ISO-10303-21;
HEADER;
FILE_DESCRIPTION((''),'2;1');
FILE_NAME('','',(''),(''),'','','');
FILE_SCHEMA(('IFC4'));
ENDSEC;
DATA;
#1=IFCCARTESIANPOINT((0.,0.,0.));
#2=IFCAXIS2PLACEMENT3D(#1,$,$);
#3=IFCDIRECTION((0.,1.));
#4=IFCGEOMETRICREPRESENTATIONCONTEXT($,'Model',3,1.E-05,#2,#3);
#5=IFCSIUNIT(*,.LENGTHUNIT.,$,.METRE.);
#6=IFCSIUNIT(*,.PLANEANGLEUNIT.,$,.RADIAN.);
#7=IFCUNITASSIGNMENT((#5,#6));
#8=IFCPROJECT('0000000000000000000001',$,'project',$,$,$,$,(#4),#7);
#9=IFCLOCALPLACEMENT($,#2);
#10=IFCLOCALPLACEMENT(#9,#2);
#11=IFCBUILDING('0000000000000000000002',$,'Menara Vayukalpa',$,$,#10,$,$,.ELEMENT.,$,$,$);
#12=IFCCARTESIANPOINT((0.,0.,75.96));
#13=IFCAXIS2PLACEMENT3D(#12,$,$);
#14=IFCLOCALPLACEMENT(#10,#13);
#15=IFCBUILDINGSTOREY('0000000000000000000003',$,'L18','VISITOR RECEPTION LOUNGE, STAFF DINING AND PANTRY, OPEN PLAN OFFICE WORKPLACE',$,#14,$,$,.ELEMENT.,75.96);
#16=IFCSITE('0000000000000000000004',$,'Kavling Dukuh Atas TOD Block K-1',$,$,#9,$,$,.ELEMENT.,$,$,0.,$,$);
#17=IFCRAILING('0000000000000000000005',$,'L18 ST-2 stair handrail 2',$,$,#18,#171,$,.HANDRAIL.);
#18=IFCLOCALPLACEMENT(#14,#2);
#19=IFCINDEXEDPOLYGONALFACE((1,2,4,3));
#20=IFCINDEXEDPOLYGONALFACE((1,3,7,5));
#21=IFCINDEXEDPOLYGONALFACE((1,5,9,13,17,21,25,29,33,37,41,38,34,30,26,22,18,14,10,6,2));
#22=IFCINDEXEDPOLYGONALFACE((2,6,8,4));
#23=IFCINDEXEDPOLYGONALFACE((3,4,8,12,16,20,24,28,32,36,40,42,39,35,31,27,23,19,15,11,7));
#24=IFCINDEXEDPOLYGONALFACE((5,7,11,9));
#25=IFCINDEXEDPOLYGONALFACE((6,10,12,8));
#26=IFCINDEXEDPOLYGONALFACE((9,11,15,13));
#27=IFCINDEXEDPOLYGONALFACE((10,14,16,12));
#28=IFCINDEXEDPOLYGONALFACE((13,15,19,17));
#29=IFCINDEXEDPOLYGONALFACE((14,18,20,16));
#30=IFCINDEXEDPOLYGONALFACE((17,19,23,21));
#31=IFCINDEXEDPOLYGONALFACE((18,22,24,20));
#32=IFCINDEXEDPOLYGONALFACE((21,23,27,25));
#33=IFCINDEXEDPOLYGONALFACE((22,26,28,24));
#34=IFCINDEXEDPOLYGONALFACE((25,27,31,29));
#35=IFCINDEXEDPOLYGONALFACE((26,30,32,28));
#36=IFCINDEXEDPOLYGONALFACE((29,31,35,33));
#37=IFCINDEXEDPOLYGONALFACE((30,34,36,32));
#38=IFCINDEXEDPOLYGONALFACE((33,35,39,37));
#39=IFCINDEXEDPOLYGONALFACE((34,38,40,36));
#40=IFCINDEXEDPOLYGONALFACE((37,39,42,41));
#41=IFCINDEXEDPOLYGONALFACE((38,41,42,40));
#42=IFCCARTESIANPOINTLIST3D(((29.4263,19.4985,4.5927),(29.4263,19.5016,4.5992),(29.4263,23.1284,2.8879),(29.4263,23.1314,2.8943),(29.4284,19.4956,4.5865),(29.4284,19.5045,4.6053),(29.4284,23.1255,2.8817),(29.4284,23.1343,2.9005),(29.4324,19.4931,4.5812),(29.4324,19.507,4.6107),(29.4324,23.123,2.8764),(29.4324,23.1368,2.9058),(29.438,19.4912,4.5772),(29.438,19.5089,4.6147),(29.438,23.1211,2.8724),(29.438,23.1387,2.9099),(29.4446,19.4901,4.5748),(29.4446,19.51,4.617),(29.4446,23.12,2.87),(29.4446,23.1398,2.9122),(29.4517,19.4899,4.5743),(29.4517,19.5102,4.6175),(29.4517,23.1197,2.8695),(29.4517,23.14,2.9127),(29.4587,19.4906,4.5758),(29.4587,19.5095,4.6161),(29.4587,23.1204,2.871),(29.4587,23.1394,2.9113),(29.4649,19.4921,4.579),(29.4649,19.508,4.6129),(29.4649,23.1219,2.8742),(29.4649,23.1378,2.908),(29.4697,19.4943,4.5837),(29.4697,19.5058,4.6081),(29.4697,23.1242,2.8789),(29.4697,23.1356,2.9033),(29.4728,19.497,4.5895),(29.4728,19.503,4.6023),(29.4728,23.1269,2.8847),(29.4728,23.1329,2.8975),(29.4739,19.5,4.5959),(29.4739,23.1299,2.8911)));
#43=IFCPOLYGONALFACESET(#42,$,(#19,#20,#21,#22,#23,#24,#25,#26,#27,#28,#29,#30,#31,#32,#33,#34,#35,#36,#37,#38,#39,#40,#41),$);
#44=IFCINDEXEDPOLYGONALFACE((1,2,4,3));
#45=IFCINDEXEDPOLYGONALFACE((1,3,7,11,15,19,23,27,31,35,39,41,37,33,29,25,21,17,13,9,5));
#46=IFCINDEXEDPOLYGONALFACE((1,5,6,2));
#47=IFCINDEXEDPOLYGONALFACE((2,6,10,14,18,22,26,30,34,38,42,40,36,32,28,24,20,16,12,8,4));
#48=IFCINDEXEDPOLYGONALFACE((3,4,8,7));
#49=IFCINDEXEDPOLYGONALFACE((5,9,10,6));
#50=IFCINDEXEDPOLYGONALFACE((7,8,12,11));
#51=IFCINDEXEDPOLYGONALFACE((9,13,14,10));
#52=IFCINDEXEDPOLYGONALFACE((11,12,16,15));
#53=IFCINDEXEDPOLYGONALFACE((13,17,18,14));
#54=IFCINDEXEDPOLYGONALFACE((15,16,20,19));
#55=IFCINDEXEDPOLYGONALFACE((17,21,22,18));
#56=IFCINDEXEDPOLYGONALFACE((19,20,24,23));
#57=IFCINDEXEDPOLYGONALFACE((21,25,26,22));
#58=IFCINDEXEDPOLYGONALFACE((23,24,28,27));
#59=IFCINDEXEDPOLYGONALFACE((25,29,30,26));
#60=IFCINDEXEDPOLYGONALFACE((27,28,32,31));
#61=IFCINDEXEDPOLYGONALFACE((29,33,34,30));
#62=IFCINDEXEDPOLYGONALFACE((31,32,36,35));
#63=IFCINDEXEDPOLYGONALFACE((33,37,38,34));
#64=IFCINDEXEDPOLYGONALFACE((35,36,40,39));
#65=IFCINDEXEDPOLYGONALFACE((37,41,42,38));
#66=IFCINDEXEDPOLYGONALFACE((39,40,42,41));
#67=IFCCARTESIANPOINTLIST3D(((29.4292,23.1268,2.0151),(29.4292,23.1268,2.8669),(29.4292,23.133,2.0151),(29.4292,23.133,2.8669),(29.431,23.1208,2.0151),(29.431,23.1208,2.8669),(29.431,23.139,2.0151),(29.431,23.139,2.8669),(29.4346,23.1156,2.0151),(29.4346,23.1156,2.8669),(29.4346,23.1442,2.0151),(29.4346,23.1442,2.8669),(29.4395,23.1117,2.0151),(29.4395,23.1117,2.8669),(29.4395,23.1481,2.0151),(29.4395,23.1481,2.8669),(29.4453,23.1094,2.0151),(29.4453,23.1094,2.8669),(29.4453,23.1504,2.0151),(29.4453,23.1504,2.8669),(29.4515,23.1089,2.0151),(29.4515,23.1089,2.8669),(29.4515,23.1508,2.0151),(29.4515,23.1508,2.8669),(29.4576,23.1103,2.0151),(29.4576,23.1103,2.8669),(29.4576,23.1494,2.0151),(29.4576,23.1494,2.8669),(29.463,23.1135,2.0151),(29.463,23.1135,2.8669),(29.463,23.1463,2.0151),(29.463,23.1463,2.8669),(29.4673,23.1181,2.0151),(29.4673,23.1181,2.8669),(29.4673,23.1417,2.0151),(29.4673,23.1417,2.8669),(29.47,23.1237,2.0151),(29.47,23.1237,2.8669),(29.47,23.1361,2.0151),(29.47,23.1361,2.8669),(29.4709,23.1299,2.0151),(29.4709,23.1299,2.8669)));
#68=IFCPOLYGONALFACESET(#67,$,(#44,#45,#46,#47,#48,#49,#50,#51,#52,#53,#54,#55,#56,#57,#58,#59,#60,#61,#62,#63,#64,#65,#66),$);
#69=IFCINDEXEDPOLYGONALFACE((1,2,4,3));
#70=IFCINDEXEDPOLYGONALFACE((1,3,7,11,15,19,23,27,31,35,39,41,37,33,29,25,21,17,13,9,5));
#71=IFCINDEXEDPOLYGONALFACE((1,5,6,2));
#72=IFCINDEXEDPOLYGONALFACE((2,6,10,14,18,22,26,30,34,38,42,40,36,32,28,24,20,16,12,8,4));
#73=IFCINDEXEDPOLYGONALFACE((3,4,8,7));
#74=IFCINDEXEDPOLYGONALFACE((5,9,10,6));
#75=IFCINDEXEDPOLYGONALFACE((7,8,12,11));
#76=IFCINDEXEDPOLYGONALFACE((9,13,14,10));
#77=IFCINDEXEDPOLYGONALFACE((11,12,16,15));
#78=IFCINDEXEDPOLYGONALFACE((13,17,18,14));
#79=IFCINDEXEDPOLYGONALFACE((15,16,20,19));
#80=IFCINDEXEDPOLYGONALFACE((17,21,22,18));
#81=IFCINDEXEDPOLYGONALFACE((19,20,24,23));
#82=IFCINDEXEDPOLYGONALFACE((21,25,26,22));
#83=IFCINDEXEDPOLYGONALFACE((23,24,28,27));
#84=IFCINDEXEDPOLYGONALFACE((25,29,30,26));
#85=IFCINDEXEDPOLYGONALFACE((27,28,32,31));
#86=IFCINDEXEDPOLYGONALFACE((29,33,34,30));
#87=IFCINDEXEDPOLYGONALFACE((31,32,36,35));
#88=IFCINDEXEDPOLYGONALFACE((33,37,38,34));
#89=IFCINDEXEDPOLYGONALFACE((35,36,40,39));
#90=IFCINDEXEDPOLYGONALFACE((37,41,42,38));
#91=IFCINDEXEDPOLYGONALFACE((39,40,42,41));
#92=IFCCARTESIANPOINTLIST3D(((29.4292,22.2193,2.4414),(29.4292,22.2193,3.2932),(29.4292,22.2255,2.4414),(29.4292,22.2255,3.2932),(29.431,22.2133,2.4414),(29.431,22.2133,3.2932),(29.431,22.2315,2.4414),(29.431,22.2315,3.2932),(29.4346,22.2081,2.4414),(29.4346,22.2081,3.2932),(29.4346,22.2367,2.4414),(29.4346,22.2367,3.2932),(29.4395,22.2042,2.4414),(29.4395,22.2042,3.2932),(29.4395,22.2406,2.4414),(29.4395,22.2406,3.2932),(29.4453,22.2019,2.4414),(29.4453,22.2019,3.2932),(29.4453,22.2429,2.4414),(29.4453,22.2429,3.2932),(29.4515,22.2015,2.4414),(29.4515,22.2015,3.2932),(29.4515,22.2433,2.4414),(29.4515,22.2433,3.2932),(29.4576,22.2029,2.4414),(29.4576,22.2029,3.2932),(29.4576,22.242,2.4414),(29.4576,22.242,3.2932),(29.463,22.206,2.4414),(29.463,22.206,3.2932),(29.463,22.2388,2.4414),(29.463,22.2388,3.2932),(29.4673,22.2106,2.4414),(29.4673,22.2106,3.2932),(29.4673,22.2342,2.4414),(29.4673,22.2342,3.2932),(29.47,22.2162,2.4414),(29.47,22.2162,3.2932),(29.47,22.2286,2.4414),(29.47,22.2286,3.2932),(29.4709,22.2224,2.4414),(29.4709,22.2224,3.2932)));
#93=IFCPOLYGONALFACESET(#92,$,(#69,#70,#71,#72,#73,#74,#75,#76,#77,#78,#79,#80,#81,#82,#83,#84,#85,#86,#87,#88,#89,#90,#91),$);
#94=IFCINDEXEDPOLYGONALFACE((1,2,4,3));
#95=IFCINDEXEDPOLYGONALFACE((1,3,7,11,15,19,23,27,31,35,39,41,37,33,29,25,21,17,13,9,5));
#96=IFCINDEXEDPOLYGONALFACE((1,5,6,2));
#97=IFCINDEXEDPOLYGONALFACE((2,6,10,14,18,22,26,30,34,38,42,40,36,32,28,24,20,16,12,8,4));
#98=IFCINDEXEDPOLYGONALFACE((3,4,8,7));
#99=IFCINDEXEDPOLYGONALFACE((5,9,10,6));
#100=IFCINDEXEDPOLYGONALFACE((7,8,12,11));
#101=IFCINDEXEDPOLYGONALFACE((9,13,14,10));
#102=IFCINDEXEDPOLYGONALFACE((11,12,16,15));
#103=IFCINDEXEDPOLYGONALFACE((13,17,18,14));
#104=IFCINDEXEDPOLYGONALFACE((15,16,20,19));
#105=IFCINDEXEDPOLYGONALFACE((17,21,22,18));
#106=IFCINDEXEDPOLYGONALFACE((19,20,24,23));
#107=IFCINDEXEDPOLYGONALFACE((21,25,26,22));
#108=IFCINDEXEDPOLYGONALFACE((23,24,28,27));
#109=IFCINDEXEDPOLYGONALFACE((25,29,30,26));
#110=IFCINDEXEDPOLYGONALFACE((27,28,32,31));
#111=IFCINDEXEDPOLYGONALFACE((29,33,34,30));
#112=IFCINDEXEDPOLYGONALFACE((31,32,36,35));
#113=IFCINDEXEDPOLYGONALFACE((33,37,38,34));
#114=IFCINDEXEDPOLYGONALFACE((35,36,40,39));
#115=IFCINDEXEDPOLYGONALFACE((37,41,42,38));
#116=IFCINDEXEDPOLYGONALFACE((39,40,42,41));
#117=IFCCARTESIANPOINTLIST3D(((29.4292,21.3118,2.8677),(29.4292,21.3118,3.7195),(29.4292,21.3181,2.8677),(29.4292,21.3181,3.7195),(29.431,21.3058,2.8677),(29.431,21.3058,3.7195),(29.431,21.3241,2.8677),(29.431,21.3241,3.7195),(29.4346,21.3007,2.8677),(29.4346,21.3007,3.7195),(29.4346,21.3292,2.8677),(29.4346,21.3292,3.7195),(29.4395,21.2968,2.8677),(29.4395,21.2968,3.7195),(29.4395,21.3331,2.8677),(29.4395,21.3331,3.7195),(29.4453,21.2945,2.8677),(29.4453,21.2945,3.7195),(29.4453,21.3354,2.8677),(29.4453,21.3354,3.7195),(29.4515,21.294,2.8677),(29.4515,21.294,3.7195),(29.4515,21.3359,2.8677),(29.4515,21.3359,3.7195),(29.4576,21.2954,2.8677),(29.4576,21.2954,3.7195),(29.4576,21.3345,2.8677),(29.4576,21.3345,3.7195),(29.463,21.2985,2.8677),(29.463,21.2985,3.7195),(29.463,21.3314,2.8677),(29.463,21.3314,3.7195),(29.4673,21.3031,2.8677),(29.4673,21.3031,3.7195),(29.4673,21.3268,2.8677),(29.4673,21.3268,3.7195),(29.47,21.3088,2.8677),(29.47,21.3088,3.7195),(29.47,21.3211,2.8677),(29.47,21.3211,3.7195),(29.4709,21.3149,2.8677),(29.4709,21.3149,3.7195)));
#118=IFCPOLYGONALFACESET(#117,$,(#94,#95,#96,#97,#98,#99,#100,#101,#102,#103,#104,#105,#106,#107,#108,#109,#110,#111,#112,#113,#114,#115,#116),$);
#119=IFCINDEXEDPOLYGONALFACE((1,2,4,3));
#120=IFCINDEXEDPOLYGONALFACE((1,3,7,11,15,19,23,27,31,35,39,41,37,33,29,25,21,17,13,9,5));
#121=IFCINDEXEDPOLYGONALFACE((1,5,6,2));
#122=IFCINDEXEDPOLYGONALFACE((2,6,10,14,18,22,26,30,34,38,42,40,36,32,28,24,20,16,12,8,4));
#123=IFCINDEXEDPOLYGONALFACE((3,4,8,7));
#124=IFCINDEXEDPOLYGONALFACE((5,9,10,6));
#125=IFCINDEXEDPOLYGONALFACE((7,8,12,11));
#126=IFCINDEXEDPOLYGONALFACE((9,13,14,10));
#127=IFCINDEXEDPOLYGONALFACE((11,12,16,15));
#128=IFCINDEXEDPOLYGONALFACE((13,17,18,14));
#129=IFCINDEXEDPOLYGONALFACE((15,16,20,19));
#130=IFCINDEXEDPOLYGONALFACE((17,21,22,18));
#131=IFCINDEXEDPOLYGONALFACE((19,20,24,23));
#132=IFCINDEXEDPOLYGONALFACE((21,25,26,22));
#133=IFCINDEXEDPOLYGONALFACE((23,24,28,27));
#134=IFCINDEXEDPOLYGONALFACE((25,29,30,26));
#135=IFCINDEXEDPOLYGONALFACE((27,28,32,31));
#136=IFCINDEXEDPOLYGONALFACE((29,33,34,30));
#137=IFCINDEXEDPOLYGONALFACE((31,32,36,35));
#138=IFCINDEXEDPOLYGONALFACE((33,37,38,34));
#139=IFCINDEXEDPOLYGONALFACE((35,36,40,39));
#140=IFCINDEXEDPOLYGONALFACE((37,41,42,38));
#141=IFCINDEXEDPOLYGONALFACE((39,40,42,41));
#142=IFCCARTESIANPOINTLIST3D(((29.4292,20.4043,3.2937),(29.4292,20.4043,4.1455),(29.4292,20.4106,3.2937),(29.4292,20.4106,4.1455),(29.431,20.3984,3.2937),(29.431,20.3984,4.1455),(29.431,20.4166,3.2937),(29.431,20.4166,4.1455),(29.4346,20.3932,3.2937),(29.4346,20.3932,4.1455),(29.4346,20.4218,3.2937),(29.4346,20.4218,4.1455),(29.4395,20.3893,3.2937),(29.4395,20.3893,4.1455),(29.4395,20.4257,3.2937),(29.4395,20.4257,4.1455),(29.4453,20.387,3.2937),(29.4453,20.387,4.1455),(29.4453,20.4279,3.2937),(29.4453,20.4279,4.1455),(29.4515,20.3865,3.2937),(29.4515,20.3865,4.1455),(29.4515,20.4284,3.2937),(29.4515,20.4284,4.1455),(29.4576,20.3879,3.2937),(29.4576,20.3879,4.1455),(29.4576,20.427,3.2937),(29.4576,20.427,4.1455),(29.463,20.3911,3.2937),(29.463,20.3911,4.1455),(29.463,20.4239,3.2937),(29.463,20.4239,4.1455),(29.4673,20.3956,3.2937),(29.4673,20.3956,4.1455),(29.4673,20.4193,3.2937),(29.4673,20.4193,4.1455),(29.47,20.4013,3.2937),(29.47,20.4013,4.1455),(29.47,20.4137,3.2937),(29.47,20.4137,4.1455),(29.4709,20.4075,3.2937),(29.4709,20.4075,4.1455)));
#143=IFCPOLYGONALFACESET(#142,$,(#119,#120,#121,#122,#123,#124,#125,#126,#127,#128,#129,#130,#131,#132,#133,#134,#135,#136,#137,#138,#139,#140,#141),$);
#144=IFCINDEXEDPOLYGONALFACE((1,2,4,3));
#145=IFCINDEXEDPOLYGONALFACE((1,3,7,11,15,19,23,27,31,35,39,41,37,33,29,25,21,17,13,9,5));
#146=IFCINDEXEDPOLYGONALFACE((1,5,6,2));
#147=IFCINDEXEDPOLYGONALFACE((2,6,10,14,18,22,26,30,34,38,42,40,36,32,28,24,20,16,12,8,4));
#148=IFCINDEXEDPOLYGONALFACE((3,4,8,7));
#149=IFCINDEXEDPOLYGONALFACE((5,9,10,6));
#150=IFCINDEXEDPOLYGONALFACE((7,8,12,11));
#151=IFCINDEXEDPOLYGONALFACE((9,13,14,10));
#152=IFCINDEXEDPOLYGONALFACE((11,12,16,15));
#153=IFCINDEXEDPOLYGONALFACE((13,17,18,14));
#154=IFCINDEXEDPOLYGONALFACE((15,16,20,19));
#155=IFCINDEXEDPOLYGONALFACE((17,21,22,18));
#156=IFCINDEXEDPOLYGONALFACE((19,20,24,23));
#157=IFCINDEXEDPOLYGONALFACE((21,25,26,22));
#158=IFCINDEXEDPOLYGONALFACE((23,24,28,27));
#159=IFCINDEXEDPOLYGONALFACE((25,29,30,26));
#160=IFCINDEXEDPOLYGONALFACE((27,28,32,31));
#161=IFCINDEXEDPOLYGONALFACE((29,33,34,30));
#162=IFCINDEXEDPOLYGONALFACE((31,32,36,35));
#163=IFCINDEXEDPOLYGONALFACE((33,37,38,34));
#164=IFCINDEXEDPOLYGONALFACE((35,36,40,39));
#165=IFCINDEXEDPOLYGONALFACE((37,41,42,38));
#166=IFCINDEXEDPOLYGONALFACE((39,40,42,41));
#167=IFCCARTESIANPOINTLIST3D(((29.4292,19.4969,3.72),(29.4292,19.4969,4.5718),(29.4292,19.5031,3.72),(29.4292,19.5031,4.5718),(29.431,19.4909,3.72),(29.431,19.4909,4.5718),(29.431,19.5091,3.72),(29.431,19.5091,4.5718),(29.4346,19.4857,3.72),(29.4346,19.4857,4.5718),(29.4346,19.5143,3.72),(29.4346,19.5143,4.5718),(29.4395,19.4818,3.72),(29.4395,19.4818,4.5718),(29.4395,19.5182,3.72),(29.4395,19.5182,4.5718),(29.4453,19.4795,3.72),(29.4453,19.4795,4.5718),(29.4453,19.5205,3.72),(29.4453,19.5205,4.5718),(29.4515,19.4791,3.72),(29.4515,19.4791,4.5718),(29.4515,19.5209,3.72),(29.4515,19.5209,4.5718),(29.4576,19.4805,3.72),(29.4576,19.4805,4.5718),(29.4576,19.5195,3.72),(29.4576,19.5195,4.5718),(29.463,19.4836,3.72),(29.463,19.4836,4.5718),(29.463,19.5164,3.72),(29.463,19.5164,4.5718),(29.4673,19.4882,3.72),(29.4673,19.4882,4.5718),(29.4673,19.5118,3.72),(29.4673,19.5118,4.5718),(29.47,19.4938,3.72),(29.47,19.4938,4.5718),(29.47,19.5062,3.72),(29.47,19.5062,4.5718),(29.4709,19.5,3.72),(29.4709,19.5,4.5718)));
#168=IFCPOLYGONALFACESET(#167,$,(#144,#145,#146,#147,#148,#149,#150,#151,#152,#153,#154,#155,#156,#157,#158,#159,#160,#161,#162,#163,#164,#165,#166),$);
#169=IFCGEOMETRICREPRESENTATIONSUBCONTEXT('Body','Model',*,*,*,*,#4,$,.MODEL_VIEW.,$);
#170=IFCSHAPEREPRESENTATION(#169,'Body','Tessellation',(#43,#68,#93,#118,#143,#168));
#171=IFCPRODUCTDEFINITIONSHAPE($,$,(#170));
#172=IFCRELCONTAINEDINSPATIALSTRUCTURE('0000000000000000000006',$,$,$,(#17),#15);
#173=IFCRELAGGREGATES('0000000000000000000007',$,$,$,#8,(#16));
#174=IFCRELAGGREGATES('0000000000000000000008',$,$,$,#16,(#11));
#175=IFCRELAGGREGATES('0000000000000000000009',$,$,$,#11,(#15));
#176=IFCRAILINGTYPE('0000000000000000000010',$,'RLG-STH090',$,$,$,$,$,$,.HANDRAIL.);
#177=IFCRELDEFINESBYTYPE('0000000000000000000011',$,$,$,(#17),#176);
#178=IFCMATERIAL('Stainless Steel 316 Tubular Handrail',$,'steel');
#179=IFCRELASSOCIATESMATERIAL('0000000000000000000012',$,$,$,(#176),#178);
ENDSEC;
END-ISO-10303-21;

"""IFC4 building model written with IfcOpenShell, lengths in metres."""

from ifc_helpers import new_model, si_unit, direction, frame, origin, origin_2d, place, context, subcontext, project, spatial, circle, extrude, material, type_object, element, save


model = new_model("IFC4")

# Units and contexts
model_context = context("Model", 3, precision=1e-05, world=origin(), true_north=direction((0.0, 1.0)))
body_context = subcontext(model_context, "Body", "Model", "MODEL_VIEW")
ifc_project = project(units=[si_unit("LENGTHUNIT", "METRE"), si_unit("PLANEANGLEUNIT", "RADIAN")], contexts=[model_context])

# Site, building, storey
site_placement = place(None, origin())
site = spatial("IfcSite", under=ifc_project, at=site_placement, Name="Kavling Dukuh Atas TOD Block K-1", CompositionType="ELEMENT", RefElevation=0.0)
building_placement = place(site_placement, origin())
building = spatial("IfcBuilding", under=site, at=building_placement, Name="Menara Vayukalpa", CompositionType="ELEMENT")
storey_placement = place(building_placement, frame((0.0, 0.0, 75.96)))
storey = spatial("IfcBuildingStorey", under=building, at=storey_placement, Name="L18", Description="VISITOR RECEPTION LOUNGE, STAFF DINING AND PANTRY, OPEN PLAN OFFICE WORKPLACE", CompositionType="ELEMENT", Elevation=75.96)

# Railing
ifc_material_1 = material(Name="Stainless Steel 316 Tubular Handrail", Category="steel")
railing_type_1 = type_object("IfcRailingType", Name="RLG-STH090", PredefinedType="HANDRAIL", material=ifc_material_1)
railing_1_placement = place(storey_placement, frame((29.45, 23.1299, 2.0151)))
element("IfcRailing", 1, at=railing_1_placement, inside=storey, type_object=railing_type_1, Name="L18 ST-2 stair handrail 2", PredefinedType="HANDRAIL", context=body_context, shape_type="SweptSolid", body=[
    extrude(circle(Radius=0.0239, at=origin_2d()), frame((0.0, 0.0, 0.876), z_axis=(0.0, -0.90514, 0.425114), x_axis=(1.0, 0.0, 0.0)), (0.0, 0.0, 1.0), 4.0103),
    extrude(circle(Radius=0.021, at=origin_2d()), origin(), (0.0, 0.0, 1.0), 0.8518),
    extrude(circle(Radius=0.021, at=origin_2d()), frame((0.0, -0.9075, 0.4263)), (0.0, 0.0, 1.0), 0.8518),
    extrude(circle(Radius=0.021, at=origin_2d()), frame((0.0, -1.8149, 0.8525)), (0.0, 0.0, 1.0), 0.8518),
    extrude(circle(Radius=0.021, at=origin_2d()), frame((0.0, -2.7224, 1.2786)), (0.0, 0.0, 1.0), 0.8518),
    extrude(circle(Radius=0.021, at=origin_2d()), frame((0.0, -3.6299, 1.7048)), (0.0, 0.0, 1.0), 0.8518),
])

save(model, "model.ifc")
